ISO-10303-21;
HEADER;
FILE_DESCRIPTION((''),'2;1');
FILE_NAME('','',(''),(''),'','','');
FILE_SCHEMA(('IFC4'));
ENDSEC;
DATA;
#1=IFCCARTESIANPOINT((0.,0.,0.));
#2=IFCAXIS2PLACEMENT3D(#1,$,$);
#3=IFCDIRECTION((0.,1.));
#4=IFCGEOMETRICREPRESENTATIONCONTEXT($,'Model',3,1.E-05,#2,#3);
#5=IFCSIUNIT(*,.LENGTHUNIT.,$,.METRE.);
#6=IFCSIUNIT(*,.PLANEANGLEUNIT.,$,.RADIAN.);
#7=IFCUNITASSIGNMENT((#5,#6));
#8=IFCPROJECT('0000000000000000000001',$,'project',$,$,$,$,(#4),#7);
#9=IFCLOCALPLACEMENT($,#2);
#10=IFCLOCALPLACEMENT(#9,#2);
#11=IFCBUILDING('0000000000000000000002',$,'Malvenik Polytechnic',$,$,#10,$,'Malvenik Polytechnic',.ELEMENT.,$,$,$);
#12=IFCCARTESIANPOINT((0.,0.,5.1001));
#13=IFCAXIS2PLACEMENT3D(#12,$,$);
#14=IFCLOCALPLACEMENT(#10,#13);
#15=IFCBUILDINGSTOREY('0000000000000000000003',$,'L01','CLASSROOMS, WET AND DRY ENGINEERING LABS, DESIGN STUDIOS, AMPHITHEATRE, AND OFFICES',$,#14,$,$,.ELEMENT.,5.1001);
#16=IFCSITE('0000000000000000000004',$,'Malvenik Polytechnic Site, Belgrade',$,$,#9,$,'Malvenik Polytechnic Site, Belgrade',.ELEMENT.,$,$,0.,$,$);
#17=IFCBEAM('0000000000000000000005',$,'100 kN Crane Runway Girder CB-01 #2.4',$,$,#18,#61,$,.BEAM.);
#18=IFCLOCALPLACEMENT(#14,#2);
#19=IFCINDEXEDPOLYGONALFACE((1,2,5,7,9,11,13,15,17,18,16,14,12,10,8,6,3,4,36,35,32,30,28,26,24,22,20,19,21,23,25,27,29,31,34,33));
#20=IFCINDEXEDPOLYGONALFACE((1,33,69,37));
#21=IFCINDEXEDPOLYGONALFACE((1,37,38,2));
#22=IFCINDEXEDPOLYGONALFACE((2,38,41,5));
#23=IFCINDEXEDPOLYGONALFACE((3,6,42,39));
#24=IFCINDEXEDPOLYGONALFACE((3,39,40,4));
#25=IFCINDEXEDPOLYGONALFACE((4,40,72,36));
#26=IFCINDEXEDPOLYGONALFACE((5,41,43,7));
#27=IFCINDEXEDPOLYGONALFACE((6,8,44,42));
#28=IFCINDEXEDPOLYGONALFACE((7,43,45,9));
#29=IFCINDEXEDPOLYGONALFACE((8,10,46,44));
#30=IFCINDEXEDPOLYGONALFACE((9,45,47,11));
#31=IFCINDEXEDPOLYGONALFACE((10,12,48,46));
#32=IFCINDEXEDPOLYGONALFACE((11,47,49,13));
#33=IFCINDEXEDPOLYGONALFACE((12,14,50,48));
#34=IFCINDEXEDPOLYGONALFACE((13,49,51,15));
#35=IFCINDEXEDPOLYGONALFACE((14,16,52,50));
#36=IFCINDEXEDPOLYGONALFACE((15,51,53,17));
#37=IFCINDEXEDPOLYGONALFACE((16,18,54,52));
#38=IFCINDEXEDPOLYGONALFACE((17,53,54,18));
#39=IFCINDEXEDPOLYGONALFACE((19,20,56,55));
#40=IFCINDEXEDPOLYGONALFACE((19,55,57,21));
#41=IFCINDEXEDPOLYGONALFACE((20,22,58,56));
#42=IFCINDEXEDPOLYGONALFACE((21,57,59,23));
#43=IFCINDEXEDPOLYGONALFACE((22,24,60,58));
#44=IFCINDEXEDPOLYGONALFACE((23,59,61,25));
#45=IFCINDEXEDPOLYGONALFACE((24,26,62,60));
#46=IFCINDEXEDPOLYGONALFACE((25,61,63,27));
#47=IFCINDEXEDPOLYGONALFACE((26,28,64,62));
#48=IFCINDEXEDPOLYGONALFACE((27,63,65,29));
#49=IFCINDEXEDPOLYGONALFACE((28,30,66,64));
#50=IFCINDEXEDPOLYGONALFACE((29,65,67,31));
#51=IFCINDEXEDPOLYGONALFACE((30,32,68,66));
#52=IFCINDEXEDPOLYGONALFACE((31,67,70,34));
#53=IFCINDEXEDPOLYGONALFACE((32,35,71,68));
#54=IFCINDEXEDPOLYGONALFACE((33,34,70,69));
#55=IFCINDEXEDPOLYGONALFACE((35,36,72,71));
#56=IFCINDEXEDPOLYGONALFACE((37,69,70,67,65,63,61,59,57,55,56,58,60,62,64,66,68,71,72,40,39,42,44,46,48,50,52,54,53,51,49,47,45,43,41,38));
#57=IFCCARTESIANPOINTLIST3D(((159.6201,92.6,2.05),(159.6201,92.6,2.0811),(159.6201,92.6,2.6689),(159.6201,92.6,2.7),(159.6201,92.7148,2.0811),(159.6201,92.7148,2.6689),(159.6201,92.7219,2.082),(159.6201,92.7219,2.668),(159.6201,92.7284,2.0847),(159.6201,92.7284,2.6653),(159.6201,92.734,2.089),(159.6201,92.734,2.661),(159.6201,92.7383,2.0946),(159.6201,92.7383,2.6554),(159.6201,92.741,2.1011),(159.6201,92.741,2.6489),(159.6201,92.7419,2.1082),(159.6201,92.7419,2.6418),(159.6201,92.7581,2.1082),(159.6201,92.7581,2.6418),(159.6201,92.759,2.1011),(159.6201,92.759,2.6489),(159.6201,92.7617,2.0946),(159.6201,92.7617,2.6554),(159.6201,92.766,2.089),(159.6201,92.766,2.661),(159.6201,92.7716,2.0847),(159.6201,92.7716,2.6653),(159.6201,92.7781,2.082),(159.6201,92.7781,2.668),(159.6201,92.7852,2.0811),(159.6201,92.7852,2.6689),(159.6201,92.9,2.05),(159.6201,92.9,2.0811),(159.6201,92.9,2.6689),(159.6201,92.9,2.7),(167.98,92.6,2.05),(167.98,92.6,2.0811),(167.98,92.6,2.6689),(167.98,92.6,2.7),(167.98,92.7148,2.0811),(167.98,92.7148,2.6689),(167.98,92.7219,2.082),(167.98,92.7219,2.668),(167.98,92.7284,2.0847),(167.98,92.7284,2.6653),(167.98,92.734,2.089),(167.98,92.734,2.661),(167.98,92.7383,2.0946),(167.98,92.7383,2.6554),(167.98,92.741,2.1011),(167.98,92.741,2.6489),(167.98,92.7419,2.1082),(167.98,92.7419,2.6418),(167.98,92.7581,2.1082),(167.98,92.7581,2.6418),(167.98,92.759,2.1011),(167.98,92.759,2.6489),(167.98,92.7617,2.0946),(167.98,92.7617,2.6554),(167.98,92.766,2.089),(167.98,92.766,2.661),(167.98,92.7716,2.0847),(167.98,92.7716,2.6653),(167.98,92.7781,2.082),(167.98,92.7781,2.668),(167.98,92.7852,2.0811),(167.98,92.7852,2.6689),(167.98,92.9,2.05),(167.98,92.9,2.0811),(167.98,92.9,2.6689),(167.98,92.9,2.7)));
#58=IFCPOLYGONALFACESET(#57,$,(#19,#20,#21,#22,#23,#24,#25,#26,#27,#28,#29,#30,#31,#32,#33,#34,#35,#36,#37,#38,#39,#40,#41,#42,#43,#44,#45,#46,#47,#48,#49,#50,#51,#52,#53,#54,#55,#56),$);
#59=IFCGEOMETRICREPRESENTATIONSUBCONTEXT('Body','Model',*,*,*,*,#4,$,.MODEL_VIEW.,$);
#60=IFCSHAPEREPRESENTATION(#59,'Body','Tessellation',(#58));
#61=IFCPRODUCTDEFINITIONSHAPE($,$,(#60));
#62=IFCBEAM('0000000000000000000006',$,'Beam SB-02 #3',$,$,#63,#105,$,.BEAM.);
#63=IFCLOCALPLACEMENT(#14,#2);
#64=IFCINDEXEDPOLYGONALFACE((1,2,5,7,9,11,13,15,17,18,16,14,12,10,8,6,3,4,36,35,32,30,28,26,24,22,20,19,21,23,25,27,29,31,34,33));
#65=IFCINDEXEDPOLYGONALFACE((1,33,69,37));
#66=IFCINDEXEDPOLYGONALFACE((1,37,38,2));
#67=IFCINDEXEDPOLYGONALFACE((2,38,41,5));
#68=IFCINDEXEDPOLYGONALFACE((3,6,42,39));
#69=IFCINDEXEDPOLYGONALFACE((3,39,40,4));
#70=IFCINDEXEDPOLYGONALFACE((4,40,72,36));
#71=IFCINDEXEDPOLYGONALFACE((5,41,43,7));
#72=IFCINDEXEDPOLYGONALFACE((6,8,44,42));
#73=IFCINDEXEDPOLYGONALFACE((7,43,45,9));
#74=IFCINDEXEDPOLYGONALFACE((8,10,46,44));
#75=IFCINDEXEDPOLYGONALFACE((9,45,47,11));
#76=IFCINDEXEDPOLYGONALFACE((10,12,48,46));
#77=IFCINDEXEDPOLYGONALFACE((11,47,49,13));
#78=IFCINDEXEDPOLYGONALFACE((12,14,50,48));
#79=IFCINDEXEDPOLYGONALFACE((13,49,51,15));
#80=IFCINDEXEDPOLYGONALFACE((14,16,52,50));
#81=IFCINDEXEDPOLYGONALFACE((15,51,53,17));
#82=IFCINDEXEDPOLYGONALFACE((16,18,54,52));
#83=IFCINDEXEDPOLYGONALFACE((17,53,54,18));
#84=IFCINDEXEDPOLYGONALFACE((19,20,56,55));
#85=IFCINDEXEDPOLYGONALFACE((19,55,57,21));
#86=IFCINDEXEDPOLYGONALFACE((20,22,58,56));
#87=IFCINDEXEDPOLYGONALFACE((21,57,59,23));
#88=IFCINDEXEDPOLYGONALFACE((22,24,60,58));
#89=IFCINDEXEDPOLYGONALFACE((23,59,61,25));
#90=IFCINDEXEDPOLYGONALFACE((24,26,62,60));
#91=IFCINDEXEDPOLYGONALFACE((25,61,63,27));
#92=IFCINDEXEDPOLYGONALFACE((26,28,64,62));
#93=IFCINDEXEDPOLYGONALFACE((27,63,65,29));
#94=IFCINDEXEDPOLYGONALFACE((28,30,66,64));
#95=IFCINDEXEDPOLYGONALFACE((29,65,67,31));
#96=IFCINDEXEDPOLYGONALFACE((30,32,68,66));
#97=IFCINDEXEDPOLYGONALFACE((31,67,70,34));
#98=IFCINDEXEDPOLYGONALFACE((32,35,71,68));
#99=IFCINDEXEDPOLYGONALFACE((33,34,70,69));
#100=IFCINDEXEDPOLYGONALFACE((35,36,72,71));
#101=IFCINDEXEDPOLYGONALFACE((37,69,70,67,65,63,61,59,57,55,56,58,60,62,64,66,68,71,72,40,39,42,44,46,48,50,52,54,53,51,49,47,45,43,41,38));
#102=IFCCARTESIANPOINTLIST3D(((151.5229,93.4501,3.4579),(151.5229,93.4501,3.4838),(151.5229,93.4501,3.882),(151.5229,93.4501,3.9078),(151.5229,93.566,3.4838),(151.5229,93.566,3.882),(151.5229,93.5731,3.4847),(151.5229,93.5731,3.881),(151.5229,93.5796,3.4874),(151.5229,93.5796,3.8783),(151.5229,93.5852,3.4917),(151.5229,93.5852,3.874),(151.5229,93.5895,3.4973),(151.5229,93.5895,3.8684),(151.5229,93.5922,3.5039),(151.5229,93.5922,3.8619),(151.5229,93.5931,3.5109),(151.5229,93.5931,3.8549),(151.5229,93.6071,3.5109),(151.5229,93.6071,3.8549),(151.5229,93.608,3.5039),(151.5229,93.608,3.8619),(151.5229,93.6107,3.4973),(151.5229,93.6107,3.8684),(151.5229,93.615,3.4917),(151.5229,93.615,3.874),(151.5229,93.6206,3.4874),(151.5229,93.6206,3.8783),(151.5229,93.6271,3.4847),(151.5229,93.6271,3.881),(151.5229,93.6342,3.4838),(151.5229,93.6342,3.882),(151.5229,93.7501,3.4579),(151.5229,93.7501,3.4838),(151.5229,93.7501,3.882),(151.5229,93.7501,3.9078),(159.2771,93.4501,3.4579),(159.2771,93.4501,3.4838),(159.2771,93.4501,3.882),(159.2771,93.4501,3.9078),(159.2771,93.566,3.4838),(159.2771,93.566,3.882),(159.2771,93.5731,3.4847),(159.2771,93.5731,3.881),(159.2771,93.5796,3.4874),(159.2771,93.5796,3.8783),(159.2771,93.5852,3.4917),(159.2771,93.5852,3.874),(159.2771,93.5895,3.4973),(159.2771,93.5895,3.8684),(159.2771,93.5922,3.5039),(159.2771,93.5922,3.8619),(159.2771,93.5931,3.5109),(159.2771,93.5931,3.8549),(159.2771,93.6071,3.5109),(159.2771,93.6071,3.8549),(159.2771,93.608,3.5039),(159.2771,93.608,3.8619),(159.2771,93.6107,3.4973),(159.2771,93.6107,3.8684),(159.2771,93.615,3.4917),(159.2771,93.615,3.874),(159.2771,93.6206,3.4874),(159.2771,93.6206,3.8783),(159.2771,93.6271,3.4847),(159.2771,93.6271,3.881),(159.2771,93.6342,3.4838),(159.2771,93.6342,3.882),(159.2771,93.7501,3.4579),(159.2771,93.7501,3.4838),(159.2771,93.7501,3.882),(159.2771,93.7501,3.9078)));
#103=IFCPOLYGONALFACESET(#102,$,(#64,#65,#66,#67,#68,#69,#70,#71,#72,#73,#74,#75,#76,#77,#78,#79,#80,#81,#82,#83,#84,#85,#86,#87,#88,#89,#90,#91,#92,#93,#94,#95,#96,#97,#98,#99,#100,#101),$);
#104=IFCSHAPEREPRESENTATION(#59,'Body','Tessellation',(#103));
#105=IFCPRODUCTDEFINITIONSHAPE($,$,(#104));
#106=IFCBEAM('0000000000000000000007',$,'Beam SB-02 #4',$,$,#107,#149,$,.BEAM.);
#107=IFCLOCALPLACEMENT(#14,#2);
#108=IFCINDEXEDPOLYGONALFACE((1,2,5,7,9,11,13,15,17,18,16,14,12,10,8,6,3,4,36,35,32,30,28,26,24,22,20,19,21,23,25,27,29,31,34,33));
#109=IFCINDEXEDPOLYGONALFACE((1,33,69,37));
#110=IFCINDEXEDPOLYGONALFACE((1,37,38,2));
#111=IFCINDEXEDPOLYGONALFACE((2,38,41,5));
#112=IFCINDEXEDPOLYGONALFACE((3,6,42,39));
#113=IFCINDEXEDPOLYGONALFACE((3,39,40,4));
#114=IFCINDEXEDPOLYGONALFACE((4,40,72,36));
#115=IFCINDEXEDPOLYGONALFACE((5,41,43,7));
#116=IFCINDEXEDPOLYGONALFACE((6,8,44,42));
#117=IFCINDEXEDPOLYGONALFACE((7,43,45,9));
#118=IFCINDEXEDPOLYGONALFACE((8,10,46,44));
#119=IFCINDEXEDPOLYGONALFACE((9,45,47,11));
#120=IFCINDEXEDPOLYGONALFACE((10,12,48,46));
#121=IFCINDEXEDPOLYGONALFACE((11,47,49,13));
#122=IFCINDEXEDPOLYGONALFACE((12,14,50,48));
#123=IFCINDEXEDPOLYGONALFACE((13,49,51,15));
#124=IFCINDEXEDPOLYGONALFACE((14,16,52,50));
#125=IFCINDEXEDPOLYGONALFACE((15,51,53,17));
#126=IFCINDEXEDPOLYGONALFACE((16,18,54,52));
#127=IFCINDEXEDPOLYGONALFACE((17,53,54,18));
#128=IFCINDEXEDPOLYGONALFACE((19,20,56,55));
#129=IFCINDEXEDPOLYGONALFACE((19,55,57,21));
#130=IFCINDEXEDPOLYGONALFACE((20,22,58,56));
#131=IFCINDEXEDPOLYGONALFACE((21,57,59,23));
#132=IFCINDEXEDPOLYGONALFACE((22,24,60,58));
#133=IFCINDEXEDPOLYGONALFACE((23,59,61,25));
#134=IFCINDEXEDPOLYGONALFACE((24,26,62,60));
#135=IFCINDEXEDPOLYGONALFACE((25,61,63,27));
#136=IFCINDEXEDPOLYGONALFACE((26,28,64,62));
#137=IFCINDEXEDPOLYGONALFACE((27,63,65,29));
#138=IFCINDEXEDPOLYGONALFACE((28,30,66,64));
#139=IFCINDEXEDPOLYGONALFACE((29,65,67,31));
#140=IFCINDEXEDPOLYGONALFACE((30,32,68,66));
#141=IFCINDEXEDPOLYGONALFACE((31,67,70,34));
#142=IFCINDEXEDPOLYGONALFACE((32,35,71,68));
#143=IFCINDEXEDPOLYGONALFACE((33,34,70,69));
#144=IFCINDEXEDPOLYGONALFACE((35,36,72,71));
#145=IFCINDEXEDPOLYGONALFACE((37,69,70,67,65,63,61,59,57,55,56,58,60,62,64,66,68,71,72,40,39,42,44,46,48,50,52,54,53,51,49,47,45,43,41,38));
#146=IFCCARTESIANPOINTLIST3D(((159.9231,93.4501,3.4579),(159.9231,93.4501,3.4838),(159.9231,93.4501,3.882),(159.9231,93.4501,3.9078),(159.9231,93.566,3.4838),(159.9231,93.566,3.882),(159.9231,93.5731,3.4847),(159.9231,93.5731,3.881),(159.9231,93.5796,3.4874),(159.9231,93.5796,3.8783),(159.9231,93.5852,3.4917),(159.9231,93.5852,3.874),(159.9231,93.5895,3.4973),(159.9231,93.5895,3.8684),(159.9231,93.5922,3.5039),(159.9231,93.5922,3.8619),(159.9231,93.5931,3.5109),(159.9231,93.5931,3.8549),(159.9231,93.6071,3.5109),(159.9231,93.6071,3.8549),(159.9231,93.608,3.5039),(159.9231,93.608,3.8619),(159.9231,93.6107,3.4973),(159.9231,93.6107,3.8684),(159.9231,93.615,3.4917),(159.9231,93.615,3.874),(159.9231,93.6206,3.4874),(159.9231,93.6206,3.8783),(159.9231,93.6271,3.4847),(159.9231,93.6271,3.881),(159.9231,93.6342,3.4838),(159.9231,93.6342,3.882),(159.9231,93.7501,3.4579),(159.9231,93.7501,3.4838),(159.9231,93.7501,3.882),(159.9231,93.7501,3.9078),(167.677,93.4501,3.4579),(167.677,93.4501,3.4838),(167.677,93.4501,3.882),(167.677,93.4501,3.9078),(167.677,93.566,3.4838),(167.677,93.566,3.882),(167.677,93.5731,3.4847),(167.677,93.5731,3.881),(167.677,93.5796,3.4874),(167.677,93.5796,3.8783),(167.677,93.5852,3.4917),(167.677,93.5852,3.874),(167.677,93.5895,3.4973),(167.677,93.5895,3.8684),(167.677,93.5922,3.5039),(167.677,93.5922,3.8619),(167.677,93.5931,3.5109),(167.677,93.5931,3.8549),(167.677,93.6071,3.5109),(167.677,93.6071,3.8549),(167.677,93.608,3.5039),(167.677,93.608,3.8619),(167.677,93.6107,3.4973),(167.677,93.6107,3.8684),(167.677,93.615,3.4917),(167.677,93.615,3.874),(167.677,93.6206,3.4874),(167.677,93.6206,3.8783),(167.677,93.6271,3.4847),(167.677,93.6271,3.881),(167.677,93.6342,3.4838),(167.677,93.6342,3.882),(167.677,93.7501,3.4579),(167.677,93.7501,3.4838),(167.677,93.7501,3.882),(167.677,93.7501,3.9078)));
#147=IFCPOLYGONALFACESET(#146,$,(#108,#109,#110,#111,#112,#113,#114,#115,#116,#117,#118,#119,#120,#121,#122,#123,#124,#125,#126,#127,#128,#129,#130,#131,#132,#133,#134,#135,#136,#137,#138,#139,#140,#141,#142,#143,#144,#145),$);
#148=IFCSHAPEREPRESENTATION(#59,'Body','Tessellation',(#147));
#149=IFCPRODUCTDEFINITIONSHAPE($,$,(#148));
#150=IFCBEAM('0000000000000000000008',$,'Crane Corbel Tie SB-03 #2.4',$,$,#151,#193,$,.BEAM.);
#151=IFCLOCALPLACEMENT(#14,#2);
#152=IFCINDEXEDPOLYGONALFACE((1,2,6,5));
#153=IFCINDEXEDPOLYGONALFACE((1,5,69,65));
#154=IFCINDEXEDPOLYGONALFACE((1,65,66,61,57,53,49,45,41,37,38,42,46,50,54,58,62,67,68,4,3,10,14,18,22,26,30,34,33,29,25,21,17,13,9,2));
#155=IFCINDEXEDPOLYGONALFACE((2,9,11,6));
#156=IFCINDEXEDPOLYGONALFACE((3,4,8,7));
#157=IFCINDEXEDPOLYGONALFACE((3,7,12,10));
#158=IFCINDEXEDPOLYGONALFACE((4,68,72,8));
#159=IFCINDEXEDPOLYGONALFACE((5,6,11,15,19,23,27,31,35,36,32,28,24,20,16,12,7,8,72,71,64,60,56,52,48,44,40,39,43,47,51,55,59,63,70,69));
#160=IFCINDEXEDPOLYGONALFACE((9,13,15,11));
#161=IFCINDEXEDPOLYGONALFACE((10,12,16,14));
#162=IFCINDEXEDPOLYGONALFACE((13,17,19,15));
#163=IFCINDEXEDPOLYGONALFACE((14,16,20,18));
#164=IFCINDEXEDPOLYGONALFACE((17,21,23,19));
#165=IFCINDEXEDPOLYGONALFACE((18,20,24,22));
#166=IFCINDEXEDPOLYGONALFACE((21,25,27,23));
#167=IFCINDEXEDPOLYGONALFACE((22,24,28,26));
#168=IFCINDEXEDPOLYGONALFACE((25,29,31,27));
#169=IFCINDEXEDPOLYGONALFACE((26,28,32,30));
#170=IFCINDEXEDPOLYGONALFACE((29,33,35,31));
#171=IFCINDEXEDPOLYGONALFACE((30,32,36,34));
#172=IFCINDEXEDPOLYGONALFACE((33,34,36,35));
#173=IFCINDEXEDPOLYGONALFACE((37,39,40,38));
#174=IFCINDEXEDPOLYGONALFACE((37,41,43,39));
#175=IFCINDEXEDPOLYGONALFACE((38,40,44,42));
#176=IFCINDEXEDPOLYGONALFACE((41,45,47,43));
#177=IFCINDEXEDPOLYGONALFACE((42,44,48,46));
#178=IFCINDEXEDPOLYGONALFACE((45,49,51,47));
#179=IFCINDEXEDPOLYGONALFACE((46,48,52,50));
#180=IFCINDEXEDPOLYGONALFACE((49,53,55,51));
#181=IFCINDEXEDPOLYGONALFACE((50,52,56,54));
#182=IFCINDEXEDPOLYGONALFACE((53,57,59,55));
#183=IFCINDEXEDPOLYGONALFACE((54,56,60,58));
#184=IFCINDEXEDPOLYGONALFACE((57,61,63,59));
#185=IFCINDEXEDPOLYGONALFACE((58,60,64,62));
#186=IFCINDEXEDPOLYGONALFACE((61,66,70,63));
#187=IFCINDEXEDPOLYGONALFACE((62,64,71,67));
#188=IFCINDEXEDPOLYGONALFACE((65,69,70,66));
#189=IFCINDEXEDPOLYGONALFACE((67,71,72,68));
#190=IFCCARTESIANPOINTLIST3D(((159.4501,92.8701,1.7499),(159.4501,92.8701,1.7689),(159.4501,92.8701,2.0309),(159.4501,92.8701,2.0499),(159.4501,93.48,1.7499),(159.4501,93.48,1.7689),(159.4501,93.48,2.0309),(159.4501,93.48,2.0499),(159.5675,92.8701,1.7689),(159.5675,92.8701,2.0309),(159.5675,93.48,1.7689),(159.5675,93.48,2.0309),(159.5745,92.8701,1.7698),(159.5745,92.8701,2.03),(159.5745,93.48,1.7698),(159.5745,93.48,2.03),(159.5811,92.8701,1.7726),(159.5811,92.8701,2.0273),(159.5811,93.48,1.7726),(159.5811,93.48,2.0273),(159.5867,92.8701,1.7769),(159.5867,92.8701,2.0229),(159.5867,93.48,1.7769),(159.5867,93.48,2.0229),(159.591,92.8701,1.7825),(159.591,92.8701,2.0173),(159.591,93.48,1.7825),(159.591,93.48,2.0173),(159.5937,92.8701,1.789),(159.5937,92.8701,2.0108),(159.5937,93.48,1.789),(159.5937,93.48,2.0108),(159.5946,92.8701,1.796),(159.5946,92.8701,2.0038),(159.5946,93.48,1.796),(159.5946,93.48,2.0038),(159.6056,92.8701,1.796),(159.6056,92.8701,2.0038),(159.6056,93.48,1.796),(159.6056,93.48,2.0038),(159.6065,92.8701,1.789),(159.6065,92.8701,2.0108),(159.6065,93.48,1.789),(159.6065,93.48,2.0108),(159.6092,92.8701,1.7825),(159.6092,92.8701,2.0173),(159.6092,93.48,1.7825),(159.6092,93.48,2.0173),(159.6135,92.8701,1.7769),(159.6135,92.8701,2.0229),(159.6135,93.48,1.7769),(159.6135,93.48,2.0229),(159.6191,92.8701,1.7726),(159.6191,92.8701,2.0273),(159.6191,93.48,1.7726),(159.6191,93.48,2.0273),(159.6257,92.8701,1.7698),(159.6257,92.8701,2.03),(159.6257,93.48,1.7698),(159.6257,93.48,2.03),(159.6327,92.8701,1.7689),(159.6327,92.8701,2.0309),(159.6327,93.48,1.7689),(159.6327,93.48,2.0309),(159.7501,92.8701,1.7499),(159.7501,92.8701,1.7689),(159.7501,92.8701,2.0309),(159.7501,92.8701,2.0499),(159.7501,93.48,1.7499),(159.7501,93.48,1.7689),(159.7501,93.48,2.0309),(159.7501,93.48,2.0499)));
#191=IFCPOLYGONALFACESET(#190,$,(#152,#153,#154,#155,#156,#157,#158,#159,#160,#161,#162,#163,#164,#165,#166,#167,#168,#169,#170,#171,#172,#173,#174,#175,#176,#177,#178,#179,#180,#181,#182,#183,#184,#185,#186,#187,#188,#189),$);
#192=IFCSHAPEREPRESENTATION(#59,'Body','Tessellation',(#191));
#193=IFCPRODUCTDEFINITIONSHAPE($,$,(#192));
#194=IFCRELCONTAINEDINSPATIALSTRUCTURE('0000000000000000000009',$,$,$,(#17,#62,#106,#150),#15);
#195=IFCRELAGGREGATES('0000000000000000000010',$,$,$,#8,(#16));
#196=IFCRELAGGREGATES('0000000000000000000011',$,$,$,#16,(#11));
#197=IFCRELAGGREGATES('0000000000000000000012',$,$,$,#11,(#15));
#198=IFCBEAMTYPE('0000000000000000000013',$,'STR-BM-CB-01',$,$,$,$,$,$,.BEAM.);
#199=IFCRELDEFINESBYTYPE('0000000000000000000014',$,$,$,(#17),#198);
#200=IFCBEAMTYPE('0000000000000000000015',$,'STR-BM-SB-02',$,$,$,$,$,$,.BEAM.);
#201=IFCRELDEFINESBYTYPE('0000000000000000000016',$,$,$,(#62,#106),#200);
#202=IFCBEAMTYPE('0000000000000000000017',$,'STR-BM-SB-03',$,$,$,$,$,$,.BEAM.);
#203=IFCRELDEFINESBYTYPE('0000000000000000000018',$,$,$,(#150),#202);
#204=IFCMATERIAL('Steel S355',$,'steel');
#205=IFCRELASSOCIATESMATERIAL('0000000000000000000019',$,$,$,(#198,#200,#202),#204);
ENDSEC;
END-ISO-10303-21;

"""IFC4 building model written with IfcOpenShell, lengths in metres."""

from ifc_helpers import new_model, si_unit, direction, frame, origin, origin_2d, place, context, subcontext, project, spatial, i_section, extrude, material, material_profile, profile_set, type_object, element, save


model = new_model("IFC4")

# Units and contexts
model_context = context("Model", 3, precision=1e-05, world=origin(), true_north=direction((0.0, 1.0)))
body_context = subcontext(model_context, "Body", "Model", "MODEL_VIEW")
ifc_project = project(units=[si_unit("LENGTHUNIT", "METRE"), si_unit("PLANEANGLEUNIT", "RADIAN")], contexts=[model_context])

# Site, building, storey
site_placement = place(None, origin())
site = spatial("IfcSite", under=ifc_project, at=site_placement, Name="Malvenik Polytechnic Site, Belgrade", LongName="Malvenik Polytechnic Site, Belgrade", CompositionType="ELEMENT", RefElevation=0.0)
building_placement = place(site_placement, origin())
building = spatial("IfcBuilding", under=site, at=building_placement, Name="Malvenik Polytechnic", LongName="Malvenik Polytechnic", CompositionType="ELEMENT")
storey_placement = place(building_placement, frame((0.0, 0.0, 5.1001)))
storey = spatial("IfcBuildingStorey", under=building, at=storey_placement, Name="L01", Description="CLASSROOMS, WET AND DRY ENGINEERING LABS, DESIGN STUDIOS, AMPHITHEATRE, AND OFFICES", CompositionType="ELEMENT", Elevation=5.1001)

# Beams
ifc_material_1 = material(Name="Steel S355", Category="steel")
ifc_material_profile_1 = material_profile(ifc_material_1, i_section(OverallWidth=0.3, OverallDepth=0.6499, WebThickness=0.0161, FlangeThickness=0.031, FilletRadius=0.0271, at=origin_2d()), Name="HEB 650")
ifc_profile_set_1 = profile_set([ifc_material_profile_1], Name="Steel S355")
beam_type_1 = type_object("IfcBeamType", Name="STR-BM-CB-01", PredefinedType="BEAM", material=ifc_profile_set_1)
beam_1_placement = place(storey_placement, frame((159.6201, 92.75, 2.375), z_axis=(1.0, 0.0, 0.0), x_axis=(0.0, 1.0, 0.0)))
element("IfcBeam", 1, at=beam_1_placement, inside=storey, type_object=beam_type_1, Name="100 kN Crane Runway Girder CB-01 #2.4", PredefinedType="BEAM", context=body_context, shape_type="SweptSolid", body=[
    extrude(i_section(OverallWidth=0.3, OverallDepth=0.6499, WebThickness=0.0161, FlangeThickness=0.031, FilletRadius=0.0271, at=origin_2d()), origin(), (0.0, 0.0, 1.0), 8.3599),
])
ifc_material_profile_2 = material_profile(ifc_material_1, i_section(OverallWidth=0.3, OverallDepth=0.45, WebThickness=0.0139, FlangeThickness=0.0259, FilletRadius=0.0271, at=origin_2d()), Name="HEB 450")
ifc_profile_set_2 = profile_set([ifc_material_profile_2], Name="Steel S355")
beam_type_2 = type_object("IfcBeamType", Name="STR-BM-SB-02", PredefinedType="BEAM", material=ifc_profile_set_2)
beam_2_placement = place(storey_placement, frame((151.5229, 93.6001, 3.6829), z_axis=(1.0, 0.0, 0.0), x_axis=(0.0, 1.0, 0.0)))
element("IfcBeam", 2, at=beam_2_placement, inside=storey, type_object=beam_type_2, Name="Beam SB-02 #3", PredefinedType="BEAM", context=body_context, shape_type="SweptSolid", body=[
    extrude(i_section(OverallWidth=0.3, OverallDepth=0.45, WebThickness=0.0139, FlangeThickness=0.0259, FilletRadius=0.0271, at=origin_2d()), origin(), (0.0, 0.0, 1.0), 7.7542),
])
beam_3_placement = place(storey_placement, frame((159.9231, 93.6001, 3.6829), z_axis=(1.0, 0.0, 0.0), x_axis=(0.0, 1.0, 0.0)))
element("IfcBeam", 3, at=beam_3_placement, inside=storey, type_object=beam_type_2, Name="Beam SB-02 #4", PredefinedType="BEAM", context=body_context, shape_type="SweptSolid", body=[
    extrude(i_section(OverallWidth=0.3, OverallDepth=0.45, WebThickness=0.0139, FlangeThickness=0.0259, FilletRadius=0.0271, at=origin_2d()), origin(), (0.0, 0.0, 1.0), 7.7539),
])
ifc_material_profile_3 = material_profile(ifc_material_1, i_section(OverallWidth=0.3, OverallDepth=0.3, WebThickness=0.011, FlangeThickness=0.019, FilletRadius=0.0271, at=origin_2d()), Name="HEB 300")
ifc_profile_set_3 = profile_set([ifc_material_profile_3], Name="Steel S355")
beam_type_3 = type_object("IfcBeamType", Name="STR-BM-SB-03", PredefinedType="BEAM", material=ifc_profile_set_3)
beam_4_placement = place(storey_placement, frame((159.6001, 92.8701, 1.8999), z_axis=(0.0, 1.0, 0.0), x_axis=(-1.0, 0.0, 0.0)))
element("IfcBeam", 4, at=beam_4_placement, inside=storey, type_object=beam_type_3, Name="Crane Corbel Tie SB-03 #2.4", PredefinedType="BEAM", context=body_context, shape_type="SweptSolid", body=[
    extrude(i_section(OverallWidth=0.3, OverallDepth=0.3, WebThickness=0.011, FlangeThickness=0.019, FilletRadius=0.0271, at=origin_2d()), origin(), (0.0, 0.0, 1.0), 0.6099),
])

save(model, "model.ifc")
